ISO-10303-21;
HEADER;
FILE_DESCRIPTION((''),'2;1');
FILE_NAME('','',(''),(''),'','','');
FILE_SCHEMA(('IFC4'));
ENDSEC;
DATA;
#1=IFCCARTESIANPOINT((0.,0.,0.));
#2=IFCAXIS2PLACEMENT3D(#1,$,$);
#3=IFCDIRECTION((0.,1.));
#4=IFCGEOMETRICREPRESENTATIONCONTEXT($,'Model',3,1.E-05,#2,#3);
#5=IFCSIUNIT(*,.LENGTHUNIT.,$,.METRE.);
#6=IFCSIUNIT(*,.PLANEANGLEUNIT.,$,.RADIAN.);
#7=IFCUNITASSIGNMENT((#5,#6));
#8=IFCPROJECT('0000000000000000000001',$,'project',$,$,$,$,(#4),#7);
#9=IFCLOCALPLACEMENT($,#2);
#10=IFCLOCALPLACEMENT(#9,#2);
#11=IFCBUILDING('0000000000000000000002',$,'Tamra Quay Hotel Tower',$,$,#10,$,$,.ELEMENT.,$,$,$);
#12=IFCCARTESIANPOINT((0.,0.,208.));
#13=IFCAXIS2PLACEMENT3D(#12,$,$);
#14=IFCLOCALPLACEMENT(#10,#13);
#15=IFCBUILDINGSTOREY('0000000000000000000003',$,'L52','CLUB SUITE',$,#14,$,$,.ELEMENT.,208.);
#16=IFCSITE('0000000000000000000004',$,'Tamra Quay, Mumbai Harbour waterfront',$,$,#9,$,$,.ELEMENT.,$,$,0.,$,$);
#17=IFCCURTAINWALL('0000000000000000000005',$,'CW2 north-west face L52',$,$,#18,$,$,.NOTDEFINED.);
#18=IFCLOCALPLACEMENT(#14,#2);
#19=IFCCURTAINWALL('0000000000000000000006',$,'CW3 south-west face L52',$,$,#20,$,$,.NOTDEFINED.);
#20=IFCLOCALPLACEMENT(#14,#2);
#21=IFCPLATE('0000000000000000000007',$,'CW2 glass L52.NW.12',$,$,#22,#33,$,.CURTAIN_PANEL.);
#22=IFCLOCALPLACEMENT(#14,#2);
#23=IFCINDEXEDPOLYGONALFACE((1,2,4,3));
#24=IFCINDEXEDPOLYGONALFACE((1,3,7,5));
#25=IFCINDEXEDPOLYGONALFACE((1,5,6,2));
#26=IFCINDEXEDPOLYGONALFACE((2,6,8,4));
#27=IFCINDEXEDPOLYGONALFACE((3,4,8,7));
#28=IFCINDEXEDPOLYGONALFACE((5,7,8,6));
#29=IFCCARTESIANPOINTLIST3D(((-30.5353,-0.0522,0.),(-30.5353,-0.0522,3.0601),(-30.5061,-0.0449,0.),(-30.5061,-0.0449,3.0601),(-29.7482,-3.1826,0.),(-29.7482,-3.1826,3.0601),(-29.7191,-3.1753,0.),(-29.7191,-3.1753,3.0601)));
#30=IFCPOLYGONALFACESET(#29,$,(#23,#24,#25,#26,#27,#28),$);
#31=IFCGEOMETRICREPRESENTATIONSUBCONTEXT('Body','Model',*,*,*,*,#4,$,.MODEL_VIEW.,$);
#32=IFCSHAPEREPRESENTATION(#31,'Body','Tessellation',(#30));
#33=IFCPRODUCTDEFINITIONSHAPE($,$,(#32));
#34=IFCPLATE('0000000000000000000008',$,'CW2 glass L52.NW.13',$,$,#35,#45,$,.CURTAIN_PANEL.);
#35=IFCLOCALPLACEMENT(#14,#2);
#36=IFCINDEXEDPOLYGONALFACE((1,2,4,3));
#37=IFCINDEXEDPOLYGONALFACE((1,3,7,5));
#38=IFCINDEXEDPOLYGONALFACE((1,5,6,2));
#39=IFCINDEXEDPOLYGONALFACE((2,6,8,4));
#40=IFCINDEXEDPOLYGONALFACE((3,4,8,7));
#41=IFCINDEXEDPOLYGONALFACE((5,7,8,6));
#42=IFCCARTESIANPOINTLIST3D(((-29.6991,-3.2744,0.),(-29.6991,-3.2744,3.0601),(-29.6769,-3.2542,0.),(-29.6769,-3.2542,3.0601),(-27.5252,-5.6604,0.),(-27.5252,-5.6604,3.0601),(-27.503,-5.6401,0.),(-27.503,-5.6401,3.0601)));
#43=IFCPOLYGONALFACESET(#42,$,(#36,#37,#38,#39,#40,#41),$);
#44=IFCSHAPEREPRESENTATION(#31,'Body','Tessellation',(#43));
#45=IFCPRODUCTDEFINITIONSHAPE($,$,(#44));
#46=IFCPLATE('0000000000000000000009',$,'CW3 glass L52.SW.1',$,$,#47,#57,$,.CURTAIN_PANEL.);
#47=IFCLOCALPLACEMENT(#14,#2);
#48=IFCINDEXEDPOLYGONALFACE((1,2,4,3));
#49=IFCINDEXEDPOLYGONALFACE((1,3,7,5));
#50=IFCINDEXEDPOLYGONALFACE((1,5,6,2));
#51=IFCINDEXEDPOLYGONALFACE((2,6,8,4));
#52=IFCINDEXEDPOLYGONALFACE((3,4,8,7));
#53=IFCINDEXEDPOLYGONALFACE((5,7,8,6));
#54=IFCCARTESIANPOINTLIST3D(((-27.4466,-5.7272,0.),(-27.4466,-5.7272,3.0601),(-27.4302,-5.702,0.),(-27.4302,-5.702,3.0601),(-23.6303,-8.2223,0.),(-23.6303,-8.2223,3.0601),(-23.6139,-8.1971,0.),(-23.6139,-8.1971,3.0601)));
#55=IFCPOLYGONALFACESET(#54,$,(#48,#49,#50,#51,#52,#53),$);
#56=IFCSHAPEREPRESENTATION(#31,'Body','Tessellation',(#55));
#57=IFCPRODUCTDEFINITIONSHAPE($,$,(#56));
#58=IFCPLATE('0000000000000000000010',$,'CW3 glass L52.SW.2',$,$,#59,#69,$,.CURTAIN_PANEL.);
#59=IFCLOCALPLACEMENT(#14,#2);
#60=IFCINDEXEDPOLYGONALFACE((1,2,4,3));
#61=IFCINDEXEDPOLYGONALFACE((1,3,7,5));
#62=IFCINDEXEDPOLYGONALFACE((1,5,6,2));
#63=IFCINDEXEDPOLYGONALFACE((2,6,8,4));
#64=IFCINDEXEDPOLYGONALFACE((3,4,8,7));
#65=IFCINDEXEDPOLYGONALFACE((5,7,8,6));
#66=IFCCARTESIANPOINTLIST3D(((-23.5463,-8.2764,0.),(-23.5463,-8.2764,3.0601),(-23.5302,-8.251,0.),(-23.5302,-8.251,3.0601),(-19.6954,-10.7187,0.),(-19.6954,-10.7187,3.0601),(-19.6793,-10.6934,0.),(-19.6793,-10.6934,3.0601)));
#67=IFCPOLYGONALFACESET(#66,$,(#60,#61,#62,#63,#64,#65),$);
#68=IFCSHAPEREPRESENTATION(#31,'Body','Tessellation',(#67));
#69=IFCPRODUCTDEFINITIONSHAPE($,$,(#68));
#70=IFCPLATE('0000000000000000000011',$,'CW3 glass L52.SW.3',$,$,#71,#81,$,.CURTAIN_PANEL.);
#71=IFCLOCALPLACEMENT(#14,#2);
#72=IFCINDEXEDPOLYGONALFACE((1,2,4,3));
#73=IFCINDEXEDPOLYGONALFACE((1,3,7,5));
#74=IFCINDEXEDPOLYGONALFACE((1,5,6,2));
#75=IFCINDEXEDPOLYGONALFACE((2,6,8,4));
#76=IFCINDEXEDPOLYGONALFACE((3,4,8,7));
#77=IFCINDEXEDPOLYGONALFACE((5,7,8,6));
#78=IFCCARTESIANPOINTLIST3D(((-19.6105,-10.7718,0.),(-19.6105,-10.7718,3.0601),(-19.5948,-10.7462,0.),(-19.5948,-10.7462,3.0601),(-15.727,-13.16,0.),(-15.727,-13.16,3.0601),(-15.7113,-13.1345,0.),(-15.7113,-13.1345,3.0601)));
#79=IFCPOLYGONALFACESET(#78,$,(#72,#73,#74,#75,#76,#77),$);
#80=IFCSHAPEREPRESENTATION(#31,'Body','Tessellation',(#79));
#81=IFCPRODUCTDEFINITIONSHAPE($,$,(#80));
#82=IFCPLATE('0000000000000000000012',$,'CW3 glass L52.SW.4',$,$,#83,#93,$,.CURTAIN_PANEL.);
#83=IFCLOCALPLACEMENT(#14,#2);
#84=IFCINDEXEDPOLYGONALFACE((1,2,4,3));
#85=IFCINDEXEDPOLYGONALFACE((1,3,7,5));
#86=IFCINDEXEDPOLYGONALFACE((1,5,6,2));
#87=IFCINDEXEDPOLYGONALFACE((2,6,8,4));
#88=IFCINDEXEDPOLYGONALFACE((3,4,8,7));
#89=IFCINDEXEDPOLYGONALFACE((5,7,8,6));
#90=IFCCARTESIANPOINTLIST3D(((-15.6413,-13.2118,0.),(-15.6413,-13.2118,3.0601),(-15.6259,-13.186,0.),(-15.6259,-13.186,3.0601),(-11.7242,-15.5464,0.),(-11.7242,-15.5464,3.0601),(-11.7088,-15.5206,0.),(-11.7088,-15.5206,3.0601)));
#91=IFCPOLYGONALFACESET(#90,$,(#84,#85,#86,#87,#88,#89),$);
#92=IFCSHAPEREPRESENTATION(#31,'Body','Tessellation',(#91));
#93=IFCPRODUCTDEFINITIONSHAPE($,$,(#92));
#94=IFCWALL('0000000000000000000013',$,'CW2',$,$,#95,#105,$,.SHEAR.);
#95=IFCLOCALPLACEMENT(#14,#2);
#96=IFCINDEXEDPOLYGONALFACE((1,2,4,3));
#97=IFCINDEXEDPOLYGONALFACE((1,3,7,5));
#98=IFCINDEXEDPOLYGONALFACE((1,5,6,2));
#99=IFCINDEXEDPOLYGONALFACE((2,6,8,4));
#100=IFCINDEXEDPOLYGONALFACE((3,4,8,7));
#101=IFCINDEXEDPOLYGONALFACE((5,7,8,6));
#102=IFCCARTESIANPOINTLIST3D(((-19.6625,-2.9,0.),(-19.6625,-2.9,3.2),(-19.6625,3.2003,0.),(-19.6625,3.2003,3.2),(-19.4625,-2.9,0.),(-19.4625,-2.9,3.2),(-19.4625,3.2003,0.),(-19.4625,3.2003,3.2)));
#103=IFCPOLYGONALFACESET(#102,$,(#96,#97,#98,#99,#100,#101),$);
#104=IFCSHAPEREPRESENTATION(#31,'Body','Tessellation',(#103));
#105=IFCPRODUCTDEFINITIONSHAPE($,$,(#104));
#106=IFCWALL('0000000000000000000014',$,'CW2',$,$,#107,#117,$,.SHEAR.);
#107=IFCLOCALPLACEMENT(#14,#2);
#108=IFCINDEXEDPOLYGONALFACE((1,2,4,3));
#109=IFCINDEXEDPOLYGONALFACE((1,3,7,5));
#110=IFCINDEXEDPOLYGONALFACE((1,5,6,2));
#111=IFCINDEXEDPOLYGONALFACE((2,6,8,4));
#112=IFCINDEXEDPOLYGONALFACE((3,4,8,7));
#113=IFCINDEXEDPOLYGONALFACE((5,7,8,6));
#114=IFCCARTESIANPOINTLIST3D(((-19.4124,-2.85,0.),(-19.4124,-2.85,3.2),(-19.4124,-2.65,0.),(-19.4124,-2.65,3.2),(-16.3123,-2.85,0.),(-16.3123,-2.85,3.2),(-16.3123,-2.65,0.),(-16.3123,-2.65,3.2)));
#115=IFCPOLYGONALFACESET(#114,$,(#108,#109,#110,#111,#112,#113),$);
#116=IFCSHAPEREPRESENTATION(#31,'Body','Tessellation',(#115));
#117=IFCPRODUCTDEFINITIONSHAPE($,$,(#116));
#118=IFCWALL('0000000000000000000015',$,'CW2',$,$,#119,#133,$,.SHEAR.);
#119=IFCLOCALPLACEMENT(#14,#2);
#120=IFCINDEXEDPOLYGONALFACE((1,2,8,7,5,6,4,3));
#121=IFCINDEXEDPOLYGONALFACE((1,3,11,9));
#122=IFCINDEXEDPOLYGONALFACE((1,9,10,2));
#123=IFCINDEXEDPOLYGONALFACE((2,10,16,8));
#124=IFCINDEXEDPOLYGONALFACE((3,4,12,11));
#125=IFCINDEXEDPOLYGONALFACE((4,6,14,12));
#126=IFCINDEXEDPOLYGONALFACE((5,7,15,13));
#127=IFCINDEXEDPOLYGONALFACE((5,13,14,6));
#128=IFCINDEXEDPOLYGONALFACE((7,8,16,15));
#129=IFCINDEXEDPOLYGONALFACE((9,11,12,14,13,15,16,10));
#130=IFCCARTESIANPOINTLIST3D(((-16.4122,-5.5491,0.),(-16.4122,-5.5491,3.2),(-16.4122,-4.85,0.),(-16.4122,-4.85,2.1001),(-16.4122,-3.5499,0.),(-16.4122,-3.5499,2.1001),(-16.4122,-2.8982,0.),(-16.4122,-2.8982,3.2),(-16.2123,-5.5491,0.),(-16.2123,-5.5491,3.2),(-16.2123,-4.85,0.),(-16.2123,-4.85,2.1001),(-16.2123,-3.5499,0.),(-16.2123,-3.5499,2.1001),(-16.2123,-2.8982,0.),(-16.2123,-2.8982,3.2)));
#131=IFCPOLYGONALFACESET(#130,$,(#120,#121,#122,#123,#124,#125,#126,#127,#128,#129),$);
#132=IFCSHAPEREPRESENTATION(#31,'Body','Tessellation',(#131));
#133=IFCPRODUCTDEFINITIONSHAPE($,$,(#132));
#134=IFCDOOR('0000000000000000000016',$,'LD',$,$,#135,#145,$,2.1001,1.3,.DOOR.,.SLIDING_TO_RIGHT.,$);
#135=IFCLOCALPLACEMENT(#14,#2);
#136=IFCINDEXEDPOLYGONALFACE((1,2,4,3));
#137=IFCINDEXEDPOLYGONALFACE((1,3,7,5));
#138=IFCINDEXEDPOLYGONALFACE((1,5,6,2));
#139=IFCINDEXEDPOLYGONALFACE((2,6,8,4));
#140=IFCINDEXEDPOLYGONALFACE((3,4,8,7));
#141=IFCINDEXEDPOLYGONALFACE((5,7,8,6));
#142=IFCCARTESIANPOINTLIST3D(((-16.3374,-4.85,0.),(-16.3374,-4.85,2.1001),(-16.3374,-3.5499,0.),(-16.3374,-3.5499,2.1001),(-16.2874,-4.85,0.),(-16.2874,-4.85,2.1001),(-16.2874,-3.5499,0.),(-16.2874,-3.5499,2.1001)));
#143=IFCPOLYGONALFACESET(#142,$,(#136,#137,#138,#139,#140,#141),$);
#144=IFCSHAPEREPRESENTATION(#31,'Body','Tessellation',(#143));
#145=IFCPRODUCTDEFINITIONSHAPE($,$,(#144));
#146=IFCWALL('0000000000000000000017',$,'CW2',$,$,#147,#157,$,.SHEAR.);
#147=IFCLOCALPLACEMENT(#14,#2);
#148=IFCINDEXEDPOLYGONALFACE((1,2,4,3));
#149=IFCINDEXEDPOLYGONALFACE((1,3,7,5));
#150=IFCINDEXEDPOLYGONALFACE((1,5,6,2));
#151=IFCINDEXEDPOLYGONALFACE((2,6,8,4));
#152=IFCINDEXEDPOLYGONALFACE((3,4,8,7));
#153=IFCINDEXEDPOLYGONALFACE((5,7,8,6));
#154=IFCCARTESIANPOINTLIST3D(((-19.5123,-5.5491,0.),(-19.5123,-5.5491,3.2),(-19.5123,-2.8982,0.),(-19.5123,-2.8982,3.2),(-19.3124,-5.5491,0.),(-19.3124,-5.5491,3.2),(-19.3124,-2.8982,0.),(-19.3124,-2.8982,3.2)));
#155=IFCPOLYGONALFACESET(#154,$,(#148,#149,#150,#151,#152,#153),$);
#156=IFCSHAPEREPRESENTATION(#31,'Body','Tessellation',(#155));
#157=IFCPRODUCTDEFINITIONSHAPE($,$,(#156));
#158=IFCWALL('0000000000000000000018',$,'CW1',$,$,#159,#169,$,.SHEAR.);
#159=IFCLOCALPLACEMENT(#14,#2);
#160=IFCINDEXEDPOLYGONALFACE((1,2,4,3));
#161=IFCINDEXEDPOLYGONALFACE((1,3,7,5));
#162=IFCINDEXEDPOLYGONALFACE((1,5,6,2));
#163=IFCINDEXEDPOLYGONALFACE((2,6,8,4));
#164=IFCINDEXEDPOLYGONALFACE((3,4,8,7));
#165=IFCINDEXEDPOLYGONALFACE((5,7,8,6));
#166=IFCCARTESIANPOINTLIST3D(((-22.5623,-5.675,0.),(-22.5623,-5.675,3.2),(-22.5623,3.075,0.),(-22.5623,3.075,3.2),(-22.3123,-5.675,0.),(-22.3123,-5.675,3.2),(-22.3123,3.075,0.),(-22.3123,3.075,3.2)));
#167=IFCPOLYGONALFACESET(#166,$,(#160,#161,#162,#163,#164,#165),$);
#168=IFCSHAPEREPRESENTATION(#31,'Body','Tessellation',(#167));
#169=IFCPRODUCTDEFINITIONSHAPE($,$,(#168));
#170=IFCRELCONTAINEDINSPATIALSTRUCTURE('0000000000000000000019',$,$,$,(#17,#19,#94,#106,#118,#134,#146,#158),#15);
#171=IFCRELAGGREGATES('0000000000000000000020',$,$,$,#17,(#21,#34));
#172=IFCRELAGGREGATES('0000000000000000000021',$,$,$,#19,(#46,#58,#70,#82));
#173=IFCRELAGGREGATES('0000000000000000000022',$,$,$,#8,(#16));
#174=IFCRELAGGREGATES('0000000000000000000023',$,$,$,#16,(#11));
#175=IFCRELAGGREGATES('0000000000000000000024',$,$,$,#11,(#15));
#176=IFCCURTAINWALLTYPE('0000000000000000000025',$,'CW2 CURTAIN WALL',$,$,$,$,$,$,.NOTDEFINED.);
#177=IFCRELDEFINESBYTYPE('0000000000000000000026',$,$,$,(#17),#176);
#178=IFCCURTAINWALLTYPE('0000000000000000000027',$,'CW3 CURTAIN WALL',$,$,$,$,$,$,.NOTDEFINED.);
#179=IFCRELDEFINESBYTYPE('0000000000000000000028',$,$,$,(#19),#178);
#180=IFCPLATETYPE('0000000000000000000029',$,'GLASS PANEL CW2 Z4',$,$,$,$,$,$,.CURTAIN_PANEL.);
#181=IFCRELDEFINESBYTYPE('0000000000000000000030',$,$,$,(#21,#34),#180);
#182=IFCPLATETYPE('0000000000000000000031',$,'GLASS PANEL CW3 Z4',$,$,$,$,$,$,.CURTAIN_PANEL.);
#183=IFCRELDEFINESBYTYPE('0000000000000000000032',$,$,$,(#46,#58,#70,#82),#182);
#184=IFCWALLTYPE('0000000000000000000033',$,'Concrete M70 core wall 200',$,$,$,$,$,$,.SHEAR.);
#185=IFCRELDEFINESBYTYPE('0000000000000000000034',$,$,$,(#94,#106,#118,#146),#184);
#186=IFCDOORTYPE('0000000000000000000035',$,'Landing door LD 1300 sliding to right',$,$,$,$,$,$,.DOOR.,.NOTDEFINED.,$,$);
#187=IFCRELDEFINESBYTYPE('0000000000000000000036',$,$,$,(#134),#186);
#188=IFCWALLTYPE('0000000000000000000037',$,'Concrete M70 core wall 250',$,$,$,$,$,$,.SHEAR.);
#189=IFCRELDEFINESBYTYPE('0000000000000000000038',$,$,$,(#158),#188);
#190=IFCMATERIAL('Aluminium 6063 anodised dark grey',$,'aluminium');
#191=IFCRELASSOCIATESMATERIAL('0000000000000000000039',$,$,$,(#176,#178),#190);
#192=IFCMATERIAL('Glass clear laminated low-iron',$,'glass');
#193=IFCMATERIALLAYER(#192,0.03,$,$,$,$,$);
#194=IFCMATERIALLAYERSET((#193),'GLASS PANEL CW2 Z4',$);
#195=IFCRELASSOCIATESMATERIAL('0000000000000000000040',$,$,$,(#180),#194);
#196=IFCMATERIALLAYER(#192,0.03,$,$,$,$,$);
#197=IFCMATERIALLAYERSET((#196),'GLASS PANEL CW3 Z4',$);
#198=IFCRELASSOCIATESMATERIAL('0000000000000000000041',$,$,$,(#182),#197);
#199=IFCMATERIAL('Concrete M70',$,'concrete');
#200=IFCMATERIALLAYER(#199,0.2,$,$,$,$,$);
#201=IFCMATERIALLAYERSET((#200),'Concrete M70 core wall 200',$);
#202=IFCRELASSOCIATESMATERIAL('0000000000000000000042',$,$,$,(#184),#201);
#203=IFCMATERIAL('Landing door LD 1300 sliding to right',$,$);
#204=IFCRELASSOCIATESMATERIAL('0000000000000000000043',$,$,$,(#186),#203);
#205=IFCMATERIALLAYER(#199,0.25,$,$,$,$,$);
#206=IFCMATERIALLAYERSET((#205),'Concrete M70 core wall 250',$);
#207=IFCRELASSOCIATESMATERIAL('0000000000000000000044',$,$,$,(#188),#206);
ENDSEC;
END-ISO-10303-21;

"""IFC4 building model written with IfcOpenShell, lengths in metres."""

from ifc_helpers import new_model, si_unit, direction, frame, frame_2d, origin, origin_2d, place, context, subcontext, project, spatial, rectangle, extrude, material, layer, layer_set, type_object, element, fill, aggregate, save


model = new_model("IFC4")

# Units and contexts
model_context = context("Model", 3, precision=1e-05, world=origin(), true_north=direction((0.0, 1.0)))
body_context = subcontext(model_context, "Body", "Model", "MODEL_VIEW")
ifc_project = project(units=[si_unit("LENGTHUNIT", "METRE"), si_unit("PLANEANGLEUNIT", "RADIAN")], contexts=[model_context])

# Site, building, storey
site_placement = place(None, origin())
site = spatial("IfcSite", under=ifc_project, at=site_placement, Name="Tamra Quay, Mumbai Harbour waterfront", CompositionType="ELEMENT", RefElevation=0.0)
building_placement = place(site_placement, origin())
building = spatial("IfcBuilding", under=site, at=building_placement, Name="Tamra Quay Hotel Tower", CompositionType="ELEMENT")
storey_placement = place(building_placement, frame((0.0, 0.0, 208.0)))
storey = spatial("IfcBuildingStorey", under=building, at=storey_placement, Name="L52", Description="CLUB SUITE", CompositionType="ELEMENT", Elevation=208.0)

# Shared definitions
ifc_material_1 = material(Name="Concrete M70", Category="concrete")

# Curtain walls
ifc_material_2 = material(Name="Aluminium 6063 anodised dark grey", Category="aluminium")
curtain_wall_type_1 = type_object("IfcCurtainWallType", Name="CW2 CURTAIN WALL", PredefinedType="NOTDEFINED", material=ifc_material_2)
curtain_wall_1_placement = place(storey_placement, origin())
curtain_wall_1 = element("IfcCurtainWall", 1, at=curtain_wall_1_placement, inside=storey, type_object=curtain_wall_type_1, Name="CW2 north-west face L52", PredefinedType="NOTDEFINED")
curtain_wall_type_2 = type_object("IfcCurtainWallType", Name="CW3 CURTAIN WALL", PredefinedType="NOTDEFINED", material=ifc_material_2)
curtain_wall_2_placement = place(storey_placement, origin())
curtain_wall_2 = element("IfcCurtainWall", 2, at=curtain_wall_2_placement, inside=storey, type_object=curtain_wall_type_2, Name="CW3 south-west face L52", PredefinedType="NOTDEFINED")

# Plates
ifc_material_3 = material(Name="Glass clear laminated low-iron", Category="glass")
ifc_layer_1 = layer(ifc_material_3, 0.03)
ifc_layer_set_1 = layer_set([ifc_layer_1], Name="GLASS PANEL CW2 Z4")
plate_type_1 = type_object("IfcPlateType", Name="GLASS PANEL CW2 Z4", PredefinedType="CURTAIN_PANEL", material=ifc_layer_set_1)
plate_1_placement = place(storey_placement, frame((-30.1272, -1.6138, 0.0), z_axis=(0.0, 0.0, 1.0), x_axis=(0.243826, -0.969819, 0.0)))
plate_1 = element("IfcPlate", 3, at=plate_1_placement, type_object=plate_type_1, Name="CW2 glass L52.NW.12", PredefinedType="CURTAIN_PANEL", context=body_context, shape_type="SweptSolid", body=[
    extrude(rectangle(XDim=3.2278, YDim=0.03, at=origin_2d()), origin(), (0.0, 0.0, 1.0), 3.0601),
])
plate_2_placement = place(storey_placement, frame((-28.6011, -4.4573, 0.0), z_axis=(0.0, 0.0, 1.0), x_axis=(0.673496, -0.739191, 0.0)))
plate_2 = element("IfcPlate", 4, at=plate_2_placement, type_object=plate_type_1, Name="CW2 glass L52.NW.13", PredefinedType="CURTAIN_PANEL", context=body_context, shape_type="SweptSolid", body=[
    extrude(rectangle(XDim=3.2278, YDim=0.03, at=origin_2d()), origin(), (0.0, 0.0, 1.0), 3.0601),
])
aggregate(curtain_wall_1, [plate_1, plate_2])
ifc_layer_2 = layer(ifc_material_3, 0.03)
ifc_layer_set_2 = layer_set([ifc_layer_2], Name="GLASS PANEL CW3 Z4")
plate_type_2 = type_object("IfcPlateType", Name="GLASS PANEL CW3 Z4", PredefinedType="CURTAIN_PANEL", material=ifc_layer_set_2)
plate_3_placement = place(storey_placement, frame((-25.5303, -6.9622, 0.0), z_axis=(0.0, 0.0, 1.0), x_axis=(0.836986, -0.547224, 0.0)))
plate_3 = element("IfcPlate", 5, at=plate_3_placement, type_object=plate_type_2, Name="CW3 glass L52.SW.1", PredefinedType="CURTAIN_PANEL", context=body_context, shape_type="SweptSolid", body=[
    extrude(rectangle(XDim=4.5596, YDim=0.03, at=origin_2d()), origin(), (0.0, 0.0, 1.0), 3.0601),
])
plate_4_placement = place(storey_placement, frame((-21.6128, -9.4849, 0.0), z_axis=(0.0, 0.0, 1.0), x_axis=(0.844476, -0.535594, 0.0)))
plate_4 = element("IfcPlate", 6, at=plate_4_placement, type_object=plate_type_2, Name="CW3 glass L52.SW.2", PredefinedType="CURTAIN_PANEL", context=body_context, shape_type="SweptSolid", body=[
    extrude(rectangle(XDim=4.5601, YDim=0.03, at=origin_2d()), origin(), (0.0, 0.0, 1.0), 3.0601),
])
plate_5_placement = place(storey_placement, frame((-17.6609, -11.9531, 0.0), z_axis=(0.0, 0.0, 1.0), x_axis=(0.851815, -0.523843, 0.0)))
plate_5 = element("IfcPlate", 7, at=plate_5_placement, type_object=plate_type_2, Name="CW3 glass L52.SW.3", PredefinedType="CURTAIN_PANEL", context=body_context, shape_type="SweptSolid", body=[
    extrude(rectangle(XDim=4.5591, YDim=0.03, at=origin_2d()), origin(), (0.0, 0.0, 1.0), 3.0601),
])
plate_6_placement = place(storey_placement, frame((-13.675, -14.3662, 0.0), z_axis=(0.0, 0.0, 1.0), x_axis=(0.858999, -0.511977, 0.0)))
plate_6 = element("IfcPlate", 8, at=plate_6_placement, type_object=plate_type_2, Name="CW3 glass L52.SW.4", PredefinedType="CURTAIN_PANEL", context=body_context, shape_type="SweptSolid", body=[
    extrude(rectangle(XDim=4.5601, YDim=0.03, at=origin_2d()), origin(), (0.0, 0.0, 1.0), 3.0601),
])
aggregate(curtain_wall_2, [plate_3, plate_4, plate_5, plate_6])

# Walls
ifc_layer_3 = layer(ifc_material_1, 0.2)
ifc_layer_set_3 = layer_set([ifc_layer_3], Name="Concrete M70 core wall 200")
wall_type_1 = type_object("IfcWallType", Name="Concrete M70 core wall 200", PredefinedType="SHEAR", material=ifc_layer_set_3)
wall_1_placement = place(storey_placement, frame((-19.5625, -2.9001, 0.0), z_axis=(0.0, 0.0, 1.0), x_axis=(0.0, 1.0, 0.0)))
element("IfcWall", 9, at=wall_1_placement, inside=storey, type_object=wall_type_1, Name="CW2", PredefinedType="SHEAR", context=body_context, shape_type="SweptSolid", body=[
    extrude(rectangle(XDim=6.1003, YDim=0.2, at=frame_2d((3.0503, 0.0))), origin(), (0.0, 0.0, 1.0), 3.2),
])
wall_2_placement = place(storey_placement, frame((-19.4124, -2.75, 0.0), z_axis=(0.0, 0.0, 1.0), x_axis=(1.0, 0.0, 0.0)))
element("IfcWall", 10, at=wall_2_placement, inside=storey, type_object=wall_type_1, Name="CW2", PredefinedType="SHEAR", context=body_context, shape_type="SweptSolid", body=[
    extrude(rectangle(XDim=3.1001, YDim=0.2, at=frame_2d((1.55, 0.0))), origin(), (0.0, 0.0, 1.0), 3.2),
])

# Wall, opening, door
wall_3_placement = place(storey_placement, frame((-16.3123, -2.8982, 0.0), z_axis=(0.0, 0.0, 1.0), x_axis=(0.0, -1.0, 0.0)))
wall_3 = element("IfcWall", 11, at=wall_3_placement, inside=storey, type_object=wall_type_1, Name="CW2", PredefinedType="SHEAR", context=body_context, shape_type="SweptSolid", body=[
    extrude(rectangle(XDim=2.6509, YDim=0.2, at=frame_2d((1.3254, 0.0))), origin(), (0.0, 0.0, 1.0), 3.2),
])
opening_1_placement = place(wall_3_placement, frame((0.6519, 0.0, 0.0)))
opening_1 = element("IfcOpeningElement", 12, at=opening_1_placement, cuts=wall_3, PredefinedType="OPENING", context=body_context, shape_type="SweptSolid", body=[
    extrude(rectangle(XDim=1.3, YDim=2.1001, at=frame_2d((0.6499, 1.05))), frame((0.0, 0.1099, 0.0), z_axis=(0.0, -1.0, 0.0), x_axis=(1.0, 0.0, 0.0)), (0.0, 0.0, 1.0), 0.22),
])
ifc_material_4 = material(Name="Landing door LD 1300 sliding to right")
door_type_1 = type_object("IfcDoorType", Name="Landing door LD 1300 sliding to right", OperationType="NOTDEFINED", PredefinedType="DOOR", material=ifc_material_4)
door_1_placement = place(opening_1_placement, origin())
door_1 = element("IfcDoor", 13, at=door_1_placement, inside=storey, type_object=door_type_1, Name="LD", OperationType="SLIDING_TO_RIGHT", OverallHeight=2.1001, OverallWidth=1.3, PredefinedType="DOOR", context=body_context, shape_type="SweptSolid", body=[
    extrude(rectangle(XDim=1.3, YDim=2.1001, at=frame_2d((0.6499, 1.05))), frame((0.0, 0.0249, 0.0), z_axis=(0.0, -1.0, 0.0), x_axis=(1.0, 0.0, 0.0)), (0.0, 0.0, 1.0), 0.05),
])
fill(opening_1, door_1)

# Walls
wall_4_placement = place(storey_placement, frame((-19.4124, -5.5491, 0.0), z_axis=(0.0, 0.0, 1.0), x_axis=(0.0, 1.0, 0.0)))
element("IfcWall", 14, at=wall_4_placement, inside=storey, type_object=wall_type_1, Name="CW2", PredefinedType="SHEAR", context=body_context, shape_type="SweptSolid", body=[
    extrude(rectangle(XDim=2.6509, YDim=0.2, at=frame_2d((1.3254, 0.0))), origin(), (0.0, 0.0, 1.0), 3.2),
])
ifc_layer_4 = layer(ifc_material_1, 0.25)
ifc_layer_set_4 = layer_set([ifc_layer_4], Name="Concrete M70 core wall 250")
wall_type_2 = type_object("IfcWallType", Name="Concrete M70 core wall 250", PredefinedType="SHEAR", material=ifc_layer_set_4)
wall_5_placement = place(storey_placement, frame((-22.4373, -5.675, 0.0), z_axis=(0.0, 0.0, 1.0), x_axis=(0.0, 1.0, 0.0)))
element("IfcWall", 15, at=wall_5_placement, inside=storey, type_object=wall_type_2, Name="CW1", PredefinedType="SHEAR", context=body_context, shape_type="SweptSolid", body=[
    extrude(rectangle(XDim=8.75, YDim=0.25, at=frame_2d((4.375, 0.0))), origin(), (0.0, 0.0, 1.0), 3.2),
])

save(model, "model.ifc")
